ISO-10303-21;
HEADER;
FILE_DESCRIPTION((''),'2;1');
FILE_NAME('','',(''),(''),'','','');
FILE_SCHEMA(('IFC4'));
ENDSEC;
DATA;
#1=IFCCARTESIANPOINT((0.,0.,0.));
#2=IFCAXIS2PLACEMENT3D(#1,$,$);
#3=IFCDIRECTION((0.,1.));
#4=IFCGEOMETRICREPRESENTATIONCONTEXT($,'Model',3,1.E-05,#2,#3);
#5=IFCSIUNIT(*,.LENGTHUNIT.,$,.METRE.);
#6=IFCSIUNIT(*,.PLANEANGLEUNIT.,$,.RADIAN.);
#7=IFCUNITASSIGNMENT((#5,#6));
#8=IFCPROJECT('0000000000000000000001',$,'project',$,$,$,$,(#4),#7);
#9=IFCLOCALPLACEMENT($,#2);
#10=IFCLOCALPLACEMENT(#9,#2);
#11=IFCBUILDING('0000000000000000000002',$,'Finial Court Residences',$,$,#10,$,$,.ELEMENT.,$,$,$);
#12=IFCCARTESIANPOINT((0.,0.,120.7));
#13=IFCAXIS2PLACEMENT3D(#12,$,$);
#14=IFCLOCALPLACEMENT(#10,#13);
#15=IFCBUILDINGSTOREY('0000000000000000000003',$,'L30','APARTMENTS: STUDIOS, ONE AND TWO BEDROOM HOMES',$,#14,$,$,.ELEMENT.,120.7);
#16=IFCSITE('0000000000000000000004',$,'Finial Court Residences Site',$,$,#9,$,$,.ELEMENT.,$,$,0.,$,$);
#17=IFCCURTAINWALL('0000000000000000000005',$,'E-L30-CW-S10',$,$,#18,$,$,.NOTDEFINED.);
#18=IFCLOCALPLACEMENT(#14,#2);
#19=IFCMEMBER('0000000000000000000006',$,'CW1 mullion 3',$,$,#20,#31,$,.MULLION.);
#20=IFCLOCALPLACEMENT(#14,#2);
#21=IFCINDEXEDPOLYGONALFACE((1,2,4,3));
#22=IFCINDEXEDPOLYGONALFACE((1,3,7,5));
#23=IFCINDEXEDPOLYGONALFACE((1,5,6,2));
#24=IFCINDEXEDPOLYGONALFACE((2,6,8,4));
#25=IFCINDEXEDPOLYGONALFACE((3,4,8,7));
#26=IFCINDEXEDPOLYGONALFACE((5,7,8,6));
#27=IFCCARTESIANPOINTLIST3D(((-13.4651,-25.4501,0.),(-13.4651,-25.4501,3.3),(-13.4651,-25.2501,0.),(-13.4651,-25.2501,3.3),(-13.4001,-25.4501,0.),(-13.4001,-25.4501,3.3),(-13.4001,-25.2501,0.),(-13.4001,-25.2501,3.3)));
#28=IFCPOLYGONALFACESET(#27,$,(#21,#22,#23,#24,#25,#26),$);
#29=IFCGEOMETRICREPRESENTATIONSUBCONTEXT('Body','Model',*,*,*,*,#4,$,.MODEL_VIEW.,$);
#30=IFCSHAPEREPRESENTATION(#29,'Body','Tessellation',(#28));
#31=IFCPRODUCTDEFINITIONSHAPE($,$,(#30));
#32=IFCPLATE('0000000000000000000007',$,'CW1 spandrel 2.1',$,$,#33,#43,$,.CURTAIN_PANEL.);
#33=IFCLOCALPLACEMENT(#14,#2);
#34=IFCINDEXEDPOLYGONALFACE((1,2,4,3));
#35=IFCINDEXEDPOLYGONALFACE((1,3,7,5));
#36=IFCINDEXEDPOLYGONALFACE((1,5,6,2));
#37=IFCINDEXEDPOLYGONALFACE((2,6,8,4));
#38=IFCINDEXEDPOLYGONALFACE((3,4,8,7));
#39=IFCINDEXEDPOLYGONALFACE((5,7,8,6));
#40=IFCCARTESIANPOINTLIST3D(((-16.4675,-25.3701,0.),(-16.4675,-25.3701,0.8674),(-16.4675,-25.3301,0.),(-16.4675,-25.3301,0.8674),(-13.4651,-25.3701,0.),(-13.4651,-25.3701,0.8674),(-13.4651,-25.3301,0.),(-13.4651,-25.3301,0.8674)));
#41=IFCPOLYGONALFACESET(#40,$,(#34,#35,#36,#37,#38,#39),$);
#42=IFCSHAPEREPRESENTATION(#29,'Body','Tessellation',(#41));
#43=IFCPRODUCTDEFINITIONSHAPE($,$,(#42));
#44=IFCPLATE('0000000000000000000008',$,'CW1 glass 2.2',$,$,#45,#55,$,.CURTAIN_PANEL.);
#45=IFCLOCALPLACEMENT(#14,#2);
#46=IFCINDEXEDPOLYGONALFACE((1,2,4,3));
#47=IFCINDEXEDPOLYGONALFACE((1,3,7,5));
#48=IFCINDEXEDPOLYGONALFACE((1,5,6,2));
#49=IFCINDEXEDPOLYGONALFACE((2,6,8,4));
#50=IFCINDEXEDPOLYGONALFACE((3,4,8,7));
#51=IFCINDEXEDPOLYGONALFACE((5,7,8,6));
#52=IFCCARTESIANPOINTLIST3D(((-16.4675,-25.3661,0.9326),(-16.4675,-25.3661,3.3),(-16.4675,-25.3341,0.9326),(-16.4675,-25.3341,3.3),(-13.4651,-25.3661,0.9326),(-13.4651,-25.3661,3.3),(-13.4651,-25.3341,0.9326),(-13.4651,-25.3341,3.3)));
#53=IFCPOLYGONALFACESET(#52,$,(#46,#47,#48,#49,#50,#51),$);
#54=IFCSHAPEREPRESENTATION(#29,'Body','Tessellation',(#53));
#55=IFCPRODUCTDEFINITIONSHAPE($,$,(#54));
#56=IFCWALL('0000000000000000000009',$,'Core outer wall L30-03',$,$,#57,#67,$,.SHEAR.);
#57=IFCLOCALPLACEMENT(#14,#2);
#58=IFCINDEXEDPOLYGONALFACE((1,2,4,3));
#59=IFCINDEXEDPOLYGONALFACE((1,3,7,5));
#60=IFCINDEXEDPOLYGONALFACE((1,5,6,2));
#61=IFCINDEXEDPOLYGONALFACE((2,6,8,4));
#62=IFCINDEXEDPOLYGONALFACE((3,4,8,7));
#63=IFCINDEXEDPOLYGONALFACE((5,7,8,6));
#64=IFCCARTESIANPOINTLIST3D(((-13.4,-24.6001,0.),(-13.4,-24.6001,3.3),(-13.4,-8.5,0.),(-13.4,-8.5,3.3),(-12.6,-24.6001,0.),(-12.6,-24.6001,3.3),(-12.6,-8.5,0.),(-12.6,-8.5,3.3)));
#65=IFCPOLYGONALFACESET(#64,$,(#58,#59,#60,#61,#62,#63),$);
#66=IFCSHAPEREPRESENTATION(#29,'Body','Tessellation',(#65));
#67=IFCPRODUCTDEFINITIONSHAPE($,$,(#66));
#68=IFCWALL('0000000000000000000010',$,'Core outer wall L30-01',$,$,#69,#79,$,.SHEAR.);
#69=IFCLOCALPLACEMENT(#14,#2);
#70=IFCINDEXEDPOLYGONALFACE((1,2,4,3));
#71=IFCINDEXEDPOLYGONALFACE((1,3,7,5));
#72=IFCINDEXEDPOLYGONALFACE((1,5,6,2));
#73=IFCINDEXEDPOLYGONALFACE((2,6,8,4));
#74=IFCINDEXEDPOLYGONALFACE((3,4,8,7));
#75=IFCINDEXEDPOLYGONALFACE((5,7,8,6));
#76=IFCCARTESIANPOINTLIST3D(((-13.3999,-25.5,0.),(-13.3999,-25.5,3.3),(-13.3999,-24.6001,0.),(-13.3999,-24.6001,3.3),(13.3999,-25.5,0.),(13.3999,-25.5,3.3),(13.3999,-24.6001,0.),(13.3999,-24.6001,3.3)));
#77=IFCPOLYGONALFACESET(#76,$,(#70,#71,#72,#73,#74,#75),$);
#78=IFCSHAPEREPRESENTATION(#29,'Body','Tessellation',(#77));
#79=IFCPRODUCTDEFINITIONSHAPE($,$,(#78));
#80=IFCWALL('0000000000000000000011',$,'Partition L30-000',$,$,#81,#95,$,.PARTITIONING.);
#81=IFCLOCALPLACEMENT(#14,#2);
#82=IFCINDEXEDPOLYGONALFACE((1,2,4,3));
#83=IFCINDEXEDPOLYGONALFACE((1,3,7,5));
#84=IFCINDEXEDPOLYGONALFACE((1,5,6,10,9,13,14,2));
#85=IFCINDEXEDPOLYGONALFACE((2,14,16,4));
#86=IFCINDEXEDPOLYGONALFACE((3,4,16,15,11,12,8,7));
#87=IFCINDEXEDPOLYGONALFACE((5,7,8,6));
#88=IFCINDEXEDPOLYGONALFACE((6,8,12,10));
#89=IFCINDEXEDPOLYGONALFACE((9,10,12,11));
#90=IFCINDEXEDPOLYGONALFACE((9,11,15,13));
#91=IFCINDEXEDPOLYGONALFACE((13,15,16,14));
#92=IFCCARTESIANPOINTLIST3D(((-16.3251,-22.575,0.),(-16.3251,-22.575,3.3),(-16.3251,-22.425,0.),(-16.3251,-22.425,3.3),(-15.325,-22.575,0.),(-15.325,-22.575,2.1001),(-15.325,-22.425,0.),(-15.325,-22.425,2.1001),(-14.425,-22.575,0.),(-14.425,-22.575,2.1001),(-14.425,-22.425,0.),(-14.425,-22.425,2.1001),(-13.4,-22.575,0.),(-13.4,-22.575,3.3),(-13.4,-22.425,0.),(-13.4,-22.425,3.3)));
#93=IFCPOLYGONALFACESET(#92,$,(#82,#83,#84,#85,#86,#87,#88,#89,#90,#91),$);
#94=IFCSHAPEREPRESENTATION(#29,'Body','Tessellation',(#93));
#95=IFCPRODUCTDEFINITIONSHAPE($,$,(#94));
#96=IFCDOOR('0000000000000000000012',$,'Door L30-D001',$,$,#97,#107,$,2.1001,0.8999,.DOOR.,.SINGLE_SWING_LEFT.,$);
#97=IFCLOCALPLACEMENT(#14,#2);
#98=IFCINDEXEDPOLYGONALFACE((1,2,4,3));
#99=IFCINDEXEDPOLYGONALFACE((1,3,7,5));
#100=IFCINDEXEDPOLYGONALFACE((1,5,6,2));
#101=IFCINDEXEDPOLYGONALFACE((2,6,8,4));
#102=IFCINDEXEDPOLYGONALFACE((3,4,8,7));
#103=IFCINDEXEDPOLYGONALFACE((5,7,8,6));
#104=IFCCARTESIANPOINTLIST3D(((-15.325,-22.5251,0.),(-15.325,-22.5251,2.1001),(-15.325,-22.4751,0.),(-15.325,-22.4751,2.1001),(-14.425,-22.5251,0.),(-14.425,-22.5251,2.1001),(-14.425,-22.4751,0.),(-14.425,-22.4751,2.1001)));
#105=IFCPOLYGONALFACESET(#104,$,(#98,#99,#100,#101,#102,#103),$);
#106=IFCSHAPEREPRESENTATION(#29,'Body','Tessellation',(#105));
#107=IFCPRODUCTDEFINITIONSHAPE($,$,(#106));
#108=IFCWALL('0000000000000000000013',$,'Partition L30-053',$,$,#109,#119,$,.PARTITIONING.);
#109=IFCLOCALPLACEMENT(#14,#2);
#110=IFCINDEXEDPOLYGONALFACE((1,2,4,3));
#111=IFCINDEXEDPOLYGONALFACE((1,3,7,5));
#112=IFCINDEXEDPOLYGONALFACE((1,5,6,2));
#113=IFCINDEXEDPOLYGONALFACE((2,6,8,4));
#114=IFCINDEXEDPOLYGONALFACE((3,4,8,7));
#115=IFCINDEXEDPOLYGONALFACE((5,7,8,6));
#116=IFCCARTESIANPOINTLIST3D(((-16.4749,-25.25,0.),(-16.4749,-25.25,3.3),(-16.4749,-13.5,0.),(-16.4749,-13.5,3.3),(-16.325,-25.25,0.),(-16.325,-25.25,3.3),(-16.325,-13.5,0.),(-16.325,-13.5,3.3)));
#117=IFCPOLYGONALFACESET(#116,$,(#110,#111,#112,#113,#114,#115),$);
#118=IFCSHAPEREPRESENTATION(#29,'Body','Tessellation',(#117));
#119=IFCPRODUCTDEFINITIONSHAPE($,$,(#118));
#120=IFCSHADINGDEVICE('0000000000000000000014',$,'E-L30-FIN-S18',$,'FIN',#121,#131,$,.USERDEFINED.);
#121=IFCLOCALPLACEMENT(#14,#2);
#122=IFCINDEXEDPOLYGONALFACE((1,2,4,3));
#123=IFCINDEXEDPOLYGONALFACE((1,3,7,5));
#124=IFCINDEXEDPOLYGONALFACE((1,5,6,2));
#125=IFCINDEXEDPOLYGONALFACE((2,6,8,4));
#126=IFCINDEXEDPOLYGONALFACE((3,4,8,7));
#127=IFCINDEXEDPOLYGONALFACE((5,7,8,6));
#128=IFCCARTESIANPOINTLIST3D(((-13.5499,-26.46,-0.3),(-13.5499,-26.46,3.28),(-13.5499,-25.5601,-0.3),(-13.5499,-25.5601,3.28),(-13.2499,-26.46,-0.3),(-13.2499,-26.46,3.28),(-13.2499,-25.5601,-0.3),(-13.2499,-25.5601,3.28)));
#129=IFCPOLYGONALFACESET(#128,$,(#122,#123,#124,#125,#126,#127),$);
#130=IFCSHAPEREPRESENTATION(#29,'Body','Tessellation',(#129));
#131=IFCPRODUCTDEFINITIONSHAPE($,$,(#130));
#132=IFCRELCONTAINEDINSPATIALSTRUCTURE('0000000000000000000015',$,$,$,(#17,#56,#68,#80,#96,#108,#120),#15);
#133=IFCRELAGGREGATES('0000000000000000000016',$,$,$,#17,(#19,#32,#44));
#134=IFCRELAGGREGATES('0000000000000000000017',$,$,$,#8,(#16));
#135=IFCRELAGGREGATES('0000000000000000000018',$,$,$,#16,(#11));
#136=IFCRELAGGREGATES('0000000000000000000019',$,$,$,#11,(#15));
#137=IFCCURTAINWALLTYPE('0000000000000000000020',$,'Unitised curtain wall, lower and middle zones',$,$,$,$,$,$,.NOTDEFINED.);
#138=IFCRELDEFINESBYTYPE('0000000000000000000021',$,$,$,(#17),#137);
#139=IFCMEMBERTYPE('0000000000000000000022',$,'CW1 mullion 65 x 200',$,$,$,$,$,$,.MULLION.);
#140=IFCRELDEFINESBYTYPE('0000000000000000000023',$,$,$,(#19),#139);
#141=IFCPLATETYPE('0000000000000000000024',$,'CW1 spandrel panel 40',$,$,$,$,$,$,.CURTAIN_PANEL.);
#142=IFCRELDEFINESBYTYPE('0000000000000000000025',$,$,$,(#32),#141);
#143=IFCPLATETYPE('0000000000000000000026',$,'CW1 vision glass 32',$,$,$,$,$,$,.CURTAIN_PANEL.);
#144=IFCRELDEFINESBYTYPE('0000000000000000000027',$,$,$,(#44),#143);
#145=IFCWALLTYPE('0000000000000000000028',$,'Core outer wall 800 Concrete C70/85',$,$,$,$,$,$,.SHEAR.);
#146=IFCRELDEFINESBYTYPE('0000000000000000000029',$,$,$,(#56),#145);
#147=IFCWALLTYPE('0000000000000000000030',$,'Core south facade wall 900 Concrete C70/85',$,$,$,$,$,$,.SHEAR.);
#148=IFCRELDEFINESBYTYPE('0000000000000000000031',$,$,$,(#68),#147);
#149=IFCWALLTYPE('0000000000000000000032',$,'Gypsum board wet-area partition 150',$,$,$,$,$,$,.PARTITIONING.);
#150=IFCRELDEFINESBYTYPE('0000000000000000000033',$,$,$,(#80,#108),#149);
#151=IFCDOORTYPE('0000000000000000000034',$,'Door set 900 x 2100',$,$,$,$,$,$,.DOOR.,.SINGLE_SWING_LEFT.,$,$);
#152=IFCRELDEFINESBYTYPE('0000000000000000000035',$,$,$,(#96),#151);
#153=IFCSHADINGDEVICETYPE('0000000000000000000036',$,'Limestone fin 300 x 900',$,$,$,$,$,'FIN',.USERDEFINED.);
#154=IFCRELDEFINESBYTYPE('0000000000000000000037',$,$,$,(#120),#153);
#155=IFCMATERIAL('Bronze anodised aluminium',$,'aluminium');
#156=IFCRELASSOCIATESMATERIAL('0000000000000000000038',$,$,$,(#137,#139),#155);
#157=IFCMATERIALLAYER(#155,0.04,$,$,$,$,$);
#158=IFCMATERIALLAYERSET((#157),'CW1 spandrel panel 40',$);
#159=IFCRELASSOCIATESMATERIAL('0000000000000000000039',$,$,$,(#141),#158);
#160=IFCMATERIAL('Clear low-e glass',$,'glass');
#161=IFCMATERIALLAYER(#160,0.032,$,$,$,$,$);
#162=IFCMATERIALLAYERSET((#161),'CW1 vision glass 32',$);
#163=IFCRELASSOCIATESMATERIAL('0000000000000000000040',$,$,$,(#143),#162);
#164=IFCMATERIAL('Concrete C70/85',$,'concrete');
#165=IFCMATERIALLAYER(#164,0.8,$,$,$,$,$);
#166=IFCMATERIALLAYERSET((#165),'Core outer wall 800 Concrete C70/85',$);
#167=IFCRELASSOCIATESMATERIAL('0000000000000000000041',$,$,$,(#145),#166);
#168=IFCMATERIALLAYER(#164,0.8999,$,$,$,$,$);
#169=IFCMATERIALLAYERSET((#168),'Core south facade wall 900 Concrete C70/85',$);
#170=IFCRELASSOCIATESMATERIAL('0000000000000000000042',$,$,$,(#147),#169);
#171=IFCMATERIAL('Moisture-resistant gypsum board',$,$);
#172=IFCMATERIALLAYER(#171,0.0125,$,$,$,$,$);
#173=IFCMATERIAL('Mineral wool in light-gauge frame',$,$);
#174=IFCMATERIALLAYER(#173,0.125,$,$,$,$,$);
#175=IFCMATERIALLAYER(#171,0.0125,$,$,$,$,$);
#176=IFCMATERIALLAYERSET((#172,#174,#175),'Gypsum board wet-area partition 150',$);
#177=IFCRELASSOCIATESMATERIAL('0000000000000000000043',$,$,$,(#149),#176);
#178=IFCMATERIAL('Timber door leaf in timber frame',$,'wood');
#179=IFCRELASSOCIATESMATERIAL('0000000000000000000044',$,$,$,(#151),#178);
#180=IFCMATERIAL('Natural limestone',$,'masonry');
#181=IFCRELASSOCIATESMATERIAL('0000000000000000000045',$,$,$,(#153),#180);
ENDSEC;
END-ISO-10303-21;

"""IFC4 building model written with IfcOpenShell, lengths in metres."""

from ifc_helpers import new_model, si_unit, direction, frame, frame_2d, origin, origin_2d, place, context, subcontext, project, spatial, rectangle, extrude, material, layer, layer_set, material_profile, profile_set, type_object, element, fill, aggregate, save


model = new_model("IFC4")

# Units and contexts
model_context = context("Model", 3, precision=1e-05, world=origin(), true_north=direction((0.0, 1.0)))
body_context = subcontext(model_context, "Body", "Model", "MODEL_VIEW")
ifc_project = project(units=[si_unit("LENGTHUNIT", "METRE"), si_unit("PLANEANGLEUNIT", "RADIAN")], contexts=[model_context])

# Site, building, storey
site_placement = place(None, origin())
site = spatial("IfcSite", under=ifc_project, at=site_placement, Name="Finial Court Residences Site", CompositionType="ELEMENT", RefElevation=0.0)
building_placement = place(site_placement, origin())
building = spatial("IfcBuilding", under=site, at=building_placement, Name="Finial Court Residences", CompositionType="ELEMENT")
storey_placement = place(building_placement, frame((0.0, 0.0, 120.7)))
storey = spatial("IfcBuildingStorey", under=building, at=storey_placement, Name="L30", Description="APARTMENTS: STUDIOS, ONE AND TWO BEDROOM HOMES", CompositionType="ELEMENT", Elevation=120.7)

# Curtain wall, member, plates
ifc_material_1 = material(Name="Bronze anodised aluminium", Category="aluminium")
curtain_wall_type = type_object("IfcCurtainWallType", Name="Unitised curtain wall, lower and middle zones", PredefinedType="NOTDEFINED", material=ifc_material_1)
curtain_wall_placement = place(storey_placement, origin())
curtain_wall = element("IfcCurtainWall", 1, at=curtain_wall_placement, inside=storey, type_object=curtain_wall_type, Name="E-L30-CW-S10", PredefinedType="NOTDEFINED")
ifc_material_profile = material_profile(ifc_material_1, rectangle(XDim=0.2, YDim=0.0649, at=origin_2d()), Name="CW1 mullion 65 x 200")
ifc_profile_set = profile_set([ifc_material_profile], Name="Bronze anodised aluminium")
member_type = type_object("IfcMemberType", Name="CW1 mullion 65 x 200", PredefinedType="MULLION", material=ifc_profile_set)
member_placement = place(storey_placement, frame((-13.4326, -25.3501, 0.0), z_axis=(0.0, 0.0, 1.0), x_axis=(0.0, 1.0, 0.0)))
member = element("IfcMember", 2, at=member_placement, type_object=member_type, Name="CW1 mullion 3", PredefinedType="MULLION", context=body_context, shape_type="SweptSolid", body=[
    extrude(rectangle(XDim=0.2, YDim=0.0649, at=origin_2d()), origin(), (0.0, 0.0, 1.0), 3.3),
])
ifc_layer_1 = layer(ifc_material_1, 0.04)
ifc_layer_set_1 = layer_set([ifc_layer_1], Name="CW1 spandrel panel 40")
plate_type_1 = type_object("IfcPlateType", Name="CW1 spandrel panel 40", PredefinedType="CURTAIN_PANEL", material=ifc_layer_set_1)
plate_1_placement = place(storey_placement, frame((-14.9663, -25.3501, 0.0), z_axis=(0.0, 0.0, 1.0), x_axis=(1.0, 0.0, 0.0)))
plate_1 = element("IfcPlate", 3, at=plate_1_placement, type_object=plate_type_1, Name="CW1 spandrel 2.1", PredefinedType="CURTAIN_PANEL", context=body_context, shape_type="SweptSolid", body=[
    extrude(rectangle(XDim=3.0024, YDim=0.04, at=origin_2d()), origin(), (0.0, 0.0, 1.0), 0.8674),
])
ifc_material_2 = material(Name="Clear low-e glass", Category="glass")
ifc_layer_2 = layer(ifc_material_2, 0.032)
ifc_layer_set_2 = layer_set([ifc_layer_2], Name="CW1 vision glass 32")
plate_type_2 = type_object("IfcPlateType", Name="CW1 vision glass 32", PredefinedType="CURTAIN_PANEL", material=ifc_layer_set_2)
plate_2_placement = place(storey_placement, frame((-14.9663, -25.3501, 0.9326), z_axis=(0.0, 0.0, 1.0), x_axis=(1.0, 0.0, 0.0)))
plate_2 = element("IfcPlate", 4, at=plate_2_placement, type_object=plate_type_2, Name="CW1 glass 2.2", PredefinedType="CURTAIN_PANEL", context=body_context, shape_type="SweptSolid", body=[
    extrude(rectangle(XDim=3.0024, YDim=0.032, at=origin_2d()), origin(), (0.0, 0.0, 1.0), 2.3674),
])
aggregate(curtain_wall, [member, plate_1, plate_2])

# Walls
ifc_material_3 = material(Name="Concrete C70/85", Category="concrete")
ifc_layer_3 = layer(ifc_material_3, 0.8)
ifc_layer_set_3 = layer_set([ifc_layer_3], Name="Core outer wall 800 Concrete C70/85")
wall_type_1 = type_object("IfcWallType", Name="Core outer wall 800 Concrete C70/85", PredefinedType="SHEAR", material=ifc_layer_set_3)
wall_1_placement = place(storey_placement, frame((-13.0, -24.6001, 0.0), z_axis=(0.0, 0.0, 1.0), x_axis=(0.0, 1.0, 0.0)))
element("IfcWall", 5, at=wall_1_placement, inside=storey, type_object=wall_type_1, Name="Core outer wall L30-03", PredefinedType="SHEAR", context=body_context, shape_type="SweptSolid", body=[
    extrude(rectangle(XDim=16.1001, YDim=0.8, at=frame_2d((8.05, 0.0))), origin(), (0.0, 0.0, 1.0), 3.3),
])
ifc_layer_4 = layer(ifc_material_3, 0.8999)
ifc_layer_set_4 = layer_set([ifc_layer_4], Name="Core south facade wall 900 Concrete C70/85")
wall_type_2 = type_object("IfcWallType", Name="Core south facade wall 900 Concrete C70/85", PredefinedType="SHEAR", material=ifc_layer_set_4)
wall_2_placement = place(storey_placement, frame((-13.3999, -25.05, 0.0), z_axis=(0.0, 0.0, 1.0), x_axis=(1.0, 0.0, 0.0)))
element("IfcWall", 6, at=wall_2_placement, inside=storey, type_object=wall_type_2, Name="Core outer wall L30-01", PredefinedType="SHEAR", context=body_context, shape_type="SweptSolid", body=[
    extrude(rectangle(XDim=26.7998, YDim=0.8999, at=frame_2d((13.3999, 0.0))), origin(), (0.0, 0.0, 1.0), 3.3),
])

# Wall, opening, door
ifc_material_4 = material(Name="Moisture-resistant gypsum board")
ifc_layer_5 = layer(ifc_material_4, 0.0125)
ifc_material_5 = material(Name="Mineral wool in light-gauge frame")
ifc_layer_6 = layer(ifc_material_5, 0.125)
ifc_layer_7 = layer(ifc_material_4, 0.0125)
ifc_layer_set_5 = layer_set([ifc_layer_5, ifc_layer_6, ifc_layer_7], Name="Gypsum board wet-area partition 150")
wall_type_3 = type_object("IfcWallType", Name="Gypsum board wet-area partition 150", PredefinedType="PARTITIONING", material=ifc_layer_set_5)
wall_3_placement = place(storey_placement, frame((-16.325, -22.5, 0.0), z_axis=(0.0, 0.0, 1.0), x_axis=(1.0, 0.0, 0.0)))
wall_3 = element("IfcWall", 7, at=wall_3_placement, inside=storey, type_object=wall_type_3, Name="Partition L30-000", PredefinedType="PARTITIONING", context=body_context, shape_type="SweptSolid", body=[
    extrude(rectangle(XDim=2.925, YDim=0.1499, at=frame_2d((1.4624, 0.0))), origin(), (0.0, 0.0, 1.0), 3.3),
])
opening_placement = place(wall_3_placement, frame((1.0, 0.0, 0.0)))
opening = element("IfcOpeningElement", 8, at=opening_placement, cuts=wall_3, PredefinedType="OPENING", context=body_context, shape_type="SweptSolid", body=[
    extrude(rectangle(XDim=0.8999, YDim=2.1001, at=frame_2d((0.45, 1.05))), frame((0.0, 0.085, 0.0), z_axis=(0.0, -1.0, 0.0), x_axis=(1.0, 0.0, 0.0)), (0.0, 0.0, 1.0), 0.1699),
])
ifc_material_6 = material(Name="Timber door leaf in timber frame", Category="wood")
door_type = type_object("IfcDoorType", Name="Door set 900 x 2100", OperationType="SINGLE_SWING_LEFT", PredefinedType="DOOR", material=ifc_material_6)
door_placement = place(opening_placement, origin())
door = element("IfcDoor", 9, at=door_placement, inside=storey, type_object=door_type, Name="Door L30-D001", OperationType="SINGLE_SWING_LEFT", OverallHeight=2.1001, OverallWidth=0.8999, PredefinedType="DOOR", context=body_context, shape_type="SweptSolid", body=[
    extrude(rectangle(XDim=0.8999, YDim=2.1001, at=frame_2d((0.45, 1.05))), frame((0.0, 0.0249, 0.0), z_axis=(0.0, -1.0, 0.0), x_axis=(1.0, 0.0, 0.0)), (0.0, 0.0, 1.0), 0.05),
])
fill(opening, door)

# Wall
wall_4_placement = place(storey_placement, frame((-16.3999, -25.25, 0.0), z_axis=(0.0, 0.0, 1.0), x_axis=(0.0, 1.0, 0.0)))
element("IfcWall", 10, at=wall_4_placement, inside=storey, type_object=wall_type_3, Name="Partition L30-053", PredefinedType="PARTITIONING", context=body_context, shape_type="SweptSolid", body=[
    extrude(rectangle(XDim=11.75, YDim=0.1499, at=frame_2d((5.875, 0.0))), origin(), (0.0, 0.0, 1.0), 3.3),
])

# Shading device
ifc_material_7 = material(Name="Natural limestone", Category="masonry")
shading_device_type = type_object("IfcShadingDeviceType", Name="Limestone fin 300 x 900", ElementType="FIN", PredefinedType="USERDEFINED", material=ifc_material_7)
shading_device_placement = place(storey_placement, frame((-13.3999, -26.01, -0.3), z_axis=(0.0, 0.0, 1.0), x_axis=(1.0, 0.0, 0.0)))
element("IfcShadingDevice", 11, at=shading_device_placement, inside=storey, type_object=shading_device_type, Name="E-L30-FIN-S18", ObjectType="FIN", PredefinedType="USERDEFINED", context=body_context, shape_type="SweptSolid", body=[
    extrude(rectangle(XDim=0.3, YDim=0.8999, at=origin_2d()), origin(), (0.0, 0.0, 1.0), 3.5801),
])

save(model, "model.ifc")
